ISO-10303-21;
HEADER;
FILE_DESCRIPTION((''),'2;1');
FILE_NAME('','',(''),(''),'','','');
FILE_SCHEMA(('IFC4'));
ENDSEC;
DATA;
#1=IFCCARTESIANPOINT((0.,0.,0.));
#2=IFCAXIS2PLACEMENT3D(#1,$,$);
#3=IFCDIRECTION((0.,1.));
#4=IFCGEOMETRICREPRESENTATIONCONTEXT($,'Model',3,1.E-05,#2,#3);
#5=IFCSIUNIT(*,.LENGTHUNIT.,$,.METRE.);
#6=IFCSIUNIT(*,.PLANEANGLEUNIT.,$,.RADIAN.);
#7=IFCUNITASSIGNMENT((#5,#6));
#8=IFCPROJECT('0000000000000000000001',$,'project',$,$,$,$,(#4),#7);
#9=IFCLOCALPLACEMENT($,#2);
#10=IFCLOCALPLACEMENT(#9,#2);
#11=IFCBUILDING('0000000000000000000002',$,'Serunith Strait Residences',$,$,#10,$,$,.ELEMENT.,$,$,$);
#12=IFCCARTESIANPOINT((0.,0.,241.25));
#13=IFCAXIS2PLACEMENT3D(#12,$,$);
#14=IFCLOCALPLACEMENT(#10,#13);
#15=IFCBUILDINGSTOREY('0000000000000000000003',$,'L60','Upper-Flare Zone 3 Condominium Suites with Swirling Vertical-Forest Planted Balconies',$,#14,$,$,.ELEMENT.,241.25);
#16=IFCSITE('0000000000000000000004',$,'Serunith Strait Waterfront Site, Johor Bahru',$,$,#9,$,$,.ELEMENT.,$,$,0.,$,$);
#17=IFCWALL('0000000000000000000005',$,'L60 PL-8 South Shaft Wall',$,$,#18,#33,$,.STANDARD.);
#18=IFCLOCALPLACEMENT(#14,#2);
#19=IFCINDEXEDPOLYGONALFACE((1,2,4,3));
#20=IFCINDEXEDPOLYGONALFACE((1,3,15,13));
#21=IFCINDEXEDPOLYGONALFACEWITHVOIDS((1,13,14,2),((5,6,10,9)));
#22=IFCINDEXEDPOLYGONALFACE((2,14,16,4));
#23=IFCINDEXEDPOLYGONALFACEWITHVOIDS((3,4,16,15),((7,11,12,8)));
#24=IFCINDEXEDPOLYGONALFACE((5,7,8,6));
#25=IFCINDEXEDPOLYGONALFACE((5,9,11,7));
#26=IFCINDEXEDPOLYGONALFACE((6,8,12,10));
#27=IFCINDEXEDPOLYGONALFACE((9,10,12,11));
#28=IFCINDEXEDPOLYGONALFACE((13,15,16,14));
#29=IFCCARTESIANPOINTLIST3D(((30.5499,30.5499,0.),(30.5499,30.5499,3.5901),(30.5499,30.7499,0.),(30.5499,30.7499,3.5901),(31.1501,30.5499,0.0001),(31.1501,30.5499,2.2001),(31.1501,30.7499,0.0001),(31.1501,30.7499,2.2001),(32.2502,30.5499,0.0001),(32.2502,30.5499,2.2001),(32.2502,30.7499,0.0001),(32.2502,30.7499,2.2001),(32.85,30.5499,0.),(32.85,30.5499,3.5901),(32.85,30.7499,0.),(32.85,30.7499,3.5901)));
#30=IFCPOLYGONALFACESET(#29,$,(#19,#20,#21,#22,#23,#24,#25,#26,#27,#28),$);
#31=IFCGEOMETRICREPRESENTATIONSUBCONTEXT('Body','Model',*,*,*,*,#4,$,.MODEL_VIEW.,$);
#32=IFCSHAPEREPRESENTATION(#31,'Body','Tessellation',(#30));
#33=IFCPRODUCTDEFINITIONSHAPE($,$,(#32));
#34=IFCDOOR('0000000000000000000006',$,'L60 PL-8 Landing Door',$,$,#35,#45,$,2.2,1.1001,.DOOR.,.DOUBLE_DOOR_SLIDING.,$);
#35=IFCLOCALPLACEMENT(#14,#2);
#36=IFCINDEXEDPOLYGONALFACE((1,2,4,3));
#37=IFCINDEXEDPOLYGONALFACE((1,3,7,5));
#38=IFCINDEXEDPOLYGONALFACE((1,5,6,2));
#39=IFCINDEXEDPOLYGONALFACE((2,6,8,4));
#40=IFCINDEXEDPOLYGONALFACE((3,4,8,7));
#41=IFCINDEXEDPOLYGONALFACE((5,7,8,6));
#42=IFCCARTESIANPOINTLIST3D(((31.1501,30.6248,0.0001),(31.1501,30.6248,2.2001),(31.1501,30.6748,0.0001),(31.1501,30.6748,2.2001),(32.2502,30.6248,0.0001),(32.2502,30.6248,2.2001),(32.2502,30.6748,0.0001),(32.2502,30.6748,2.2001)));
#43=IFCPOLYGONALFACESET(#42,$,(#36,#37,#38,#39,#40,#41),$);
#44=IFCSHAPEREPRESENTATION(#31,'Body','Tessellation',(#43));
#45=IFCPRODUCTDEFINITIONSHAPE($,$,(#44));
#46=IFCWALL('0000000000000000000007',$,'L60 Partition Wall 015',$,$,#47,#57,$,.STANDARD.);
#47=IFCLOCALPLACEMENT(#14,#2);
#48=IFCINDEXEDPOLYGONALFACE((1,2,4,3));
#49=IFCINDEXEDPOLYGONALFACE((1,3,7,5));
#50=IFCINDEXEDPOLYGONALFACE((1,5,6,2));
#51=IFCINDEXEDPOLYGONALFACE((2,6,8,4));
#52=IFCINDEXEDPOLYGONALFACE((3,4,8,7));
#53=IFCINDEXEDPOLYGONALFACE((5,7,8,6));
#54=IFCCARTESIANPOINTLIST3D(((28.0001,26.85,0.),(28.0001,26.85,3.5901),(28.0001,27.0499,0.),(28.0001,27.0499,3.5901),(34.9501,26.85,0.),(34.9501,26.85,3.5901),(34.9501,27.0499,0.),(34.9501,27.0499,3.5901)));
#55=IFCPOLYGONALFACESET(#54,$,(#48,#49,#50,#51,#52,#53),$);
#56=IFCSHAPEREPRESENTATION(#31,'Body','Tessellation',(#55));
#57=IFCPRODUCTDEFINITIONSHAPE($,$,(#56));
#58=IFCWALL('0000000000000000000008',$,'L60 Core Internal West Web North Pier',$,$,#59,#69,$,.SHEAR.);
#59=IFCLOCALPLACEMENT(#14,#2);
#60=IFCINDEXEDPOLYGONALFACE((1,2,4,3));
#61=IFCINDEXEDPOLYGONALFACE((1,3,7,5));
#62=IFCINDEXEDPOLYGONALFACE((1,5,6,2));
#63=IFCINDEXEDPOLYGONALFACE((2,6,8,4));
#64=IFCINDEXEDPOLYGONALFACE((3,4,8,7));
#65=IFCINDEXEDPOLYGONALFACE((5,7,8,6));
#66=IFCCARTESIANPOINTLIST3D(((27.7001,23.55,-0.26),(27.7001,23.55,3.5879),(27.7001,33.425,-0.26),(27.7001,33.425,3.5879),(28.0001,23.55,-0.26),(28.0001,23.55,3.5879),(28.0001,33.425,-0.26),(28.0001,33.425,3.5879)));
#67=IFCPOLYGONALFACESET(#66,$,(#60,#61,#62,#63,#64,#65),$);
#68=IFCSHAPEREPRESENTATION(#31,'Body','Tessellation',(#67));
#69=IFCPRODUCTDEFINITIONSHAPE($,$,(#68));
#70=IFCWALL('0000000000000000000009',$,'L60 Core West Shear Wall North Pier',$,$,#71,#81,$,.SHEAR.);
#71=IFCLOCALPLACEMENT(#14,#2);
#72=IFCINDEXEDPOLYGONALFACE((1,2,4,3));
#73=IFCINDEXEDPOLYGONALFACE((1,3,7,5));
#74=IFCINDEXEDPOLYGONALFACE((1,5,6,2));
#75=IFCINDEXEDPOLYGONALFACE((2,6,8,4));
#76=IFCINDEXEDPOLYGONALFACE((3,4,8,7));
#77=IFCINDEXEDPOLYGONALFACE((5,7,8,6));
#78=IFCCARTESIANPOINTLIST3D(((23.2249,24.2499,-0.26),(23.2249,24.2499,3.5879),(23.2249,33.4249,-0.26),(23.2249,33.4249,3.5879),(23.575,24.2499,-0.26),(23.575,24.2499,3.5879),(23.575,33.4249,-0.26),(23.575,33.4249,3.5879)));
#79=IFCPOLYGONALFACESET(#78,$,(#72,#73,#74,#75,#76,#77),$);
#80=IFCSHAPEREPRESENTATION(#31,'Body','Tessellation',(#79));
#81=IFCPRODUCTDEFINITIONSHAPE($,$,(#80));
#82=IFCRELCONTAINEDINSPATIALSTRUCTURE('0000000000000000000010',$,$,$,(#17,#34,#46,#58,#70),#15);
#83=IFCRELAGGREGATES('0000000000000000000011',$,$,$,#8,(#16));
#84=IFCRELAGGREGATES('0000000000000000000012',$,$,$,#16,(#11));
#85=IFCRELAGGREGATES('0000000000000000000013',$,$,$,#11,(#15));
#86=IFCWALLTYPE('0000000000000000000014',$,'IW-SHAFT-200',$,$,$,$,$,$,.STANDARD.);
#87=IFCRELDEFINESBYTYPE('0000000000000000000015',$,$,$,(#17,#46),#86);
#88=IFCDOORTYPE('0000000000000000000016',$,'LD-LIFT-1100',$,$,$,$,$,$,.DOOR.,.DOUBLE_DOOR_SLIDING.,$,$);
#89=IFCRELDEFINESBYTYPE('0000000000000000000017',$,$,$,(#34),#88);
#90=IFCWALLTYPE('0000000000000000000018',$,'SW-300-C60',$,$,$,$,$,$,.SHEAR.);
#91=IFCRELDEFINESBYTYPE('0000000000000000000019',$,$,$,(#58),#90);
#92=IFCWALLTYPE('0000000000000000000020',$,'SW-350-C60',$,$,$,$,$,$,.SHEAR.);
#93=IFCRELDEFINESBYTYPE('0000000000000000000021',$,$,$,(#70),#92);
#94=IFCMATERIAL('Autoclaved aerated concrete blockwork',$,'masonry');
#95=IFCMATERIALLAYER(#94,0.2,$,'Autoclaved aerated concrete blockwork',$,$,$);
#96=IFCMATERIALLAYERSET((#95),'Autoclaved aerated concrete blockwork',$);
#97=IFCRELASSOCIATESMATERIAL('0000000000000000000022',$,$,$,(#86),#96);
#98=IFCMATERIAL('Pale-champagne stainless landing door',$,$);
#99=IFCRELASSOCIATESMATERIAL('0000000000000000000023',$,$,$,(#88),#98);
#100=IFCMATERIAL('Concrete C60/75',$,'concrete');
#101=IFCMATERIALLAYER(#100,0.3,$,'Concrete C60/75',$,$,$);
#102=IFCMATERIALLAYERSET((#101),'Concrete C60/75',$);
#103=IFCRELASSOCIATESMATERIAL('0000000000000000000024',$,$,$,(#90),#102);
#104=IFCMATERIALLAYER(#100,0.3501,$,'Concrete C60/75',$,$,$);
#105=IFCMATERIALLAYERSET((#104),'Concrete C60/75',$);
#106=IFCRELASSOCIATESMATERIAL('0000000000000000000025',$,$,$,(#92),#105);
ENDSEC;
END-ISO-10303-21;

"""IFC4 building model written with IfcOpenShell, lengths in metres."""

from ifc_helpers import new_model, si_unit, direction, frame, frame_2d, origin, place, context, subcontext, project, spatial, rectangle, extrude, source, transform, mapped, material, layer, layer_set, type_object, element, fill, save


model = new_model("IFC4")

# Units and contexts
model_context = context("Model", 3, precision=1e-05, world=origin(), true_north=direction((0.0, 1.0)))
body_context = subcontext(model_context, "Body", "Model", "MODEL_VIEW")
ifc_project = project(units=[si_unit("LENGTHUNIT", "METRE"), si_unit("PLANEANGLEUNIT", "RADIAN")], contexts=[model_context])

# Site, building, storey
site_placement = place(None, origin())
site = spatial("IfcSite", under=ifc_project, at=site_placement, Name="Serunith Strait Waterfront Site, Johor Bahru", CompositionType="ELEMENT", RefElevation=0.0)
building_placement = place(site_placement, origin())
building = spatial("IfcBuilding", under=site, at=building_placement, Name="Serunith Strait Residences", CompositionType="ELEMENT")
storey_placement = place(building_placement, frame((0.0, 0.0, 241.25)))
storey = spatial("IfcBuildingStorey", under=building, at=storey_placement, Name="L60", Description="Upper-Flare Zone 3 Condominium Suites with Swirling Vertical-Forest Planted Balconies", CompositionType="ELEMENT", Elevation=241.25)

# Shared definitions
ifc_material_1 = material(Name="Concrete C60/75", Category="concrete")

# Wall, opening, door
ifc_material_2 = material(Name="Autoclaved aerated concrete blockwork", Category="masonry")
ifc_layer_1 = layer(ifc_material_2, 0.2, Name="Autoclaved aerated concrete blockwork")
ifc_layer_set_1 = layer_set([ifc_layer_1], Name="Autoclaved aerated concrete blockwork")
wall_type_1 = type_object("IfcWallType", Name="IW-SHAFT-200", PredefinedType="STANDARD", material=ifc_layer_set_1)
ifc_material_3 = material(Name="Pale-champagne stainless landing door")
door_type_1 = type_object("IfcDoorType", Name="LD-LIFT-1100", OperationType="DOUBLE_DOOR_SLIDING", PredefinedType="DOOR", material=ifc_material_3)
shared_shape_1 = source(origin(), body_context, "Body", "SweptSolid", [
    extrude(rectangle(XDim=1.1001, YDim=2.2, at=frame_2d((0.55, 1.1001))), frame((0.0, 0.0249, 0.0), z_axis=(0.0, -1.0, 0.0), x_axis=(1.0, 0.0, 0.0)), (0.0, 0.0, 1.0), 0.05),
])
wall_1_placement = place(storey_placement, frame((30.55, 30.6499, 0.0), z_axis=(0.0, 0.0, 1.0), x_axis=(1.0, 0.0, 0.0)))
wall_1 = element("IfcWall", 1, at=wall_1_placement, inside=storey, type_object=wall_type_1, Name="L60 PL-8 South Shaft Wall", PredefinedType="STANDARD", context=body_context, shape_type="SweptSolid", body=[
    extrude(rectangle(XDim=2.3, YDim=0.2, at=frame_2d((1.1499, 0.0))), origin(), (0.0, 0.0, 1.0), 3.5901),
])
opening_1_placement = place(wall_1_placement, frame((0.6001, 0.0, 0.0)))
opening_1 = element("IfcOpeningElement", 2, at=opening_1_placement, cuts=wall_1, PredefinedType="OPENING", context=body_context, shape_type="SweptSolid", body=[
    extrude(rectangle(XDim=1.1001, YDim=2.2, at=frame_2d((0.55, 1.1001))), frame((0.0, 0.1099, 0.0), z_axis=(0.0, -1.0, 0.0), x_axis=(1.0, 0.0, 0.0)), (0.0, 0.0, 1.0), 0.22),
])
door_1_placement = place(opening_1_placement, origin())
door_1 = element("IfcDoor", 3, at=door_1_placement, inside=storey, type_object=door_type_1, Name="L60 PL-8 Landing Door", OperationType="DOUBLE_DOOR_SLIDING", OverallHeight=2.2, OverallWidth=1.1001, PredefinedType="DOOR", context=body_context, shape_type="MappedRepresentation", body=[
    mapped(shared_shape_1, transform((0.0, 0.0, 0.0), scale=1.0)),
])
fill(opening_1, door_1)

# Walls
wall_2_placement = place(storey_placement, frame((28.0, 26.95, 0.0), z_axis=(0.0, 0.0, 1.0), x_axis=(1.0, 0.0, 0.0)))
element("IfcWall", 4, at=wall_2_placement, inside=storey, type_object=wall_type_1, Name="L60 Partition Wall 015", PredefinedType="STANDARD", context=body_context, shape_type="SweptSolid", body=[
    extrude(rectangle(XDim=6.95, YDim=0.2, at=frame_2d((3.4751, 0.0))), origin(), (0.0, 0.0, 1.0), 3.5901),
])
ifc_layer_2 = layer(ifc_material_1, 0.3, Name="Concrete C60/75")
ifc_layer_set_2 = layer_set([ifc_layer_2], Name="Concrete C60/75")
wall_type_2 = type_object("IfcWallType", Name="SW-300-C60", PredefinedType="SHEAR", material=ifc_layer_set_2)
wall_3_placement = place(storey_placement, frame((27.8501, 23.55, -0.26), z_axis=(0.0, 0.0, 1.0), x_axis=(0.0, 1.0, 0.0)))
element("IfcWall", 5, at=wall_3_placement, inside=storey, type_object=wall_type_2, Name="L60 Core Internal West Web North Pier", PredefinedType="SHEAR", context=body_context, shape_type="SweptSolid", body=[
    extrude(rectangle(XDim=9.875, YDim=0.3, at=frame_2d((4.9375, 0.0))), origin(), (0.0, 0.0, 1.0), 3.8479),
])
ifc_layer_3 = layer(ifc_material_1, 0.3501, Name="Concrete C60/75")
ifc_layer_set_3 = layer_set([ifc_layer_3], Name="Concrete C60/75")
wall_type_3 = type_object("IfcWallType", Name="SW-350-C60", PredefinedType="SHEAR", material=ifc_layer_set_3)
wall_4_placement = place(storey_placement, frame((23.3999, 24.25, -0.26), z_axis=(0.0, 0.0, 1.0), x_axis=(0.0, 1.0, 0.0)))
element("IfcWall", 6, at=wall_4_placement, inside=storey, type_object=wall_type_3, Name="L60 Core West Shear Wall North Pier", PredefinedType="SHEAR", context=body_context, shape_type="SweptSolid", body=[
    extrude(rectangle(XDim=9.175, YDim=0.3501, at=frame_2d((4.5874, 0.0))), origin(), (0.0, 0.0, 1.0), 3.8479),
])

save(model, "model.ifc")
